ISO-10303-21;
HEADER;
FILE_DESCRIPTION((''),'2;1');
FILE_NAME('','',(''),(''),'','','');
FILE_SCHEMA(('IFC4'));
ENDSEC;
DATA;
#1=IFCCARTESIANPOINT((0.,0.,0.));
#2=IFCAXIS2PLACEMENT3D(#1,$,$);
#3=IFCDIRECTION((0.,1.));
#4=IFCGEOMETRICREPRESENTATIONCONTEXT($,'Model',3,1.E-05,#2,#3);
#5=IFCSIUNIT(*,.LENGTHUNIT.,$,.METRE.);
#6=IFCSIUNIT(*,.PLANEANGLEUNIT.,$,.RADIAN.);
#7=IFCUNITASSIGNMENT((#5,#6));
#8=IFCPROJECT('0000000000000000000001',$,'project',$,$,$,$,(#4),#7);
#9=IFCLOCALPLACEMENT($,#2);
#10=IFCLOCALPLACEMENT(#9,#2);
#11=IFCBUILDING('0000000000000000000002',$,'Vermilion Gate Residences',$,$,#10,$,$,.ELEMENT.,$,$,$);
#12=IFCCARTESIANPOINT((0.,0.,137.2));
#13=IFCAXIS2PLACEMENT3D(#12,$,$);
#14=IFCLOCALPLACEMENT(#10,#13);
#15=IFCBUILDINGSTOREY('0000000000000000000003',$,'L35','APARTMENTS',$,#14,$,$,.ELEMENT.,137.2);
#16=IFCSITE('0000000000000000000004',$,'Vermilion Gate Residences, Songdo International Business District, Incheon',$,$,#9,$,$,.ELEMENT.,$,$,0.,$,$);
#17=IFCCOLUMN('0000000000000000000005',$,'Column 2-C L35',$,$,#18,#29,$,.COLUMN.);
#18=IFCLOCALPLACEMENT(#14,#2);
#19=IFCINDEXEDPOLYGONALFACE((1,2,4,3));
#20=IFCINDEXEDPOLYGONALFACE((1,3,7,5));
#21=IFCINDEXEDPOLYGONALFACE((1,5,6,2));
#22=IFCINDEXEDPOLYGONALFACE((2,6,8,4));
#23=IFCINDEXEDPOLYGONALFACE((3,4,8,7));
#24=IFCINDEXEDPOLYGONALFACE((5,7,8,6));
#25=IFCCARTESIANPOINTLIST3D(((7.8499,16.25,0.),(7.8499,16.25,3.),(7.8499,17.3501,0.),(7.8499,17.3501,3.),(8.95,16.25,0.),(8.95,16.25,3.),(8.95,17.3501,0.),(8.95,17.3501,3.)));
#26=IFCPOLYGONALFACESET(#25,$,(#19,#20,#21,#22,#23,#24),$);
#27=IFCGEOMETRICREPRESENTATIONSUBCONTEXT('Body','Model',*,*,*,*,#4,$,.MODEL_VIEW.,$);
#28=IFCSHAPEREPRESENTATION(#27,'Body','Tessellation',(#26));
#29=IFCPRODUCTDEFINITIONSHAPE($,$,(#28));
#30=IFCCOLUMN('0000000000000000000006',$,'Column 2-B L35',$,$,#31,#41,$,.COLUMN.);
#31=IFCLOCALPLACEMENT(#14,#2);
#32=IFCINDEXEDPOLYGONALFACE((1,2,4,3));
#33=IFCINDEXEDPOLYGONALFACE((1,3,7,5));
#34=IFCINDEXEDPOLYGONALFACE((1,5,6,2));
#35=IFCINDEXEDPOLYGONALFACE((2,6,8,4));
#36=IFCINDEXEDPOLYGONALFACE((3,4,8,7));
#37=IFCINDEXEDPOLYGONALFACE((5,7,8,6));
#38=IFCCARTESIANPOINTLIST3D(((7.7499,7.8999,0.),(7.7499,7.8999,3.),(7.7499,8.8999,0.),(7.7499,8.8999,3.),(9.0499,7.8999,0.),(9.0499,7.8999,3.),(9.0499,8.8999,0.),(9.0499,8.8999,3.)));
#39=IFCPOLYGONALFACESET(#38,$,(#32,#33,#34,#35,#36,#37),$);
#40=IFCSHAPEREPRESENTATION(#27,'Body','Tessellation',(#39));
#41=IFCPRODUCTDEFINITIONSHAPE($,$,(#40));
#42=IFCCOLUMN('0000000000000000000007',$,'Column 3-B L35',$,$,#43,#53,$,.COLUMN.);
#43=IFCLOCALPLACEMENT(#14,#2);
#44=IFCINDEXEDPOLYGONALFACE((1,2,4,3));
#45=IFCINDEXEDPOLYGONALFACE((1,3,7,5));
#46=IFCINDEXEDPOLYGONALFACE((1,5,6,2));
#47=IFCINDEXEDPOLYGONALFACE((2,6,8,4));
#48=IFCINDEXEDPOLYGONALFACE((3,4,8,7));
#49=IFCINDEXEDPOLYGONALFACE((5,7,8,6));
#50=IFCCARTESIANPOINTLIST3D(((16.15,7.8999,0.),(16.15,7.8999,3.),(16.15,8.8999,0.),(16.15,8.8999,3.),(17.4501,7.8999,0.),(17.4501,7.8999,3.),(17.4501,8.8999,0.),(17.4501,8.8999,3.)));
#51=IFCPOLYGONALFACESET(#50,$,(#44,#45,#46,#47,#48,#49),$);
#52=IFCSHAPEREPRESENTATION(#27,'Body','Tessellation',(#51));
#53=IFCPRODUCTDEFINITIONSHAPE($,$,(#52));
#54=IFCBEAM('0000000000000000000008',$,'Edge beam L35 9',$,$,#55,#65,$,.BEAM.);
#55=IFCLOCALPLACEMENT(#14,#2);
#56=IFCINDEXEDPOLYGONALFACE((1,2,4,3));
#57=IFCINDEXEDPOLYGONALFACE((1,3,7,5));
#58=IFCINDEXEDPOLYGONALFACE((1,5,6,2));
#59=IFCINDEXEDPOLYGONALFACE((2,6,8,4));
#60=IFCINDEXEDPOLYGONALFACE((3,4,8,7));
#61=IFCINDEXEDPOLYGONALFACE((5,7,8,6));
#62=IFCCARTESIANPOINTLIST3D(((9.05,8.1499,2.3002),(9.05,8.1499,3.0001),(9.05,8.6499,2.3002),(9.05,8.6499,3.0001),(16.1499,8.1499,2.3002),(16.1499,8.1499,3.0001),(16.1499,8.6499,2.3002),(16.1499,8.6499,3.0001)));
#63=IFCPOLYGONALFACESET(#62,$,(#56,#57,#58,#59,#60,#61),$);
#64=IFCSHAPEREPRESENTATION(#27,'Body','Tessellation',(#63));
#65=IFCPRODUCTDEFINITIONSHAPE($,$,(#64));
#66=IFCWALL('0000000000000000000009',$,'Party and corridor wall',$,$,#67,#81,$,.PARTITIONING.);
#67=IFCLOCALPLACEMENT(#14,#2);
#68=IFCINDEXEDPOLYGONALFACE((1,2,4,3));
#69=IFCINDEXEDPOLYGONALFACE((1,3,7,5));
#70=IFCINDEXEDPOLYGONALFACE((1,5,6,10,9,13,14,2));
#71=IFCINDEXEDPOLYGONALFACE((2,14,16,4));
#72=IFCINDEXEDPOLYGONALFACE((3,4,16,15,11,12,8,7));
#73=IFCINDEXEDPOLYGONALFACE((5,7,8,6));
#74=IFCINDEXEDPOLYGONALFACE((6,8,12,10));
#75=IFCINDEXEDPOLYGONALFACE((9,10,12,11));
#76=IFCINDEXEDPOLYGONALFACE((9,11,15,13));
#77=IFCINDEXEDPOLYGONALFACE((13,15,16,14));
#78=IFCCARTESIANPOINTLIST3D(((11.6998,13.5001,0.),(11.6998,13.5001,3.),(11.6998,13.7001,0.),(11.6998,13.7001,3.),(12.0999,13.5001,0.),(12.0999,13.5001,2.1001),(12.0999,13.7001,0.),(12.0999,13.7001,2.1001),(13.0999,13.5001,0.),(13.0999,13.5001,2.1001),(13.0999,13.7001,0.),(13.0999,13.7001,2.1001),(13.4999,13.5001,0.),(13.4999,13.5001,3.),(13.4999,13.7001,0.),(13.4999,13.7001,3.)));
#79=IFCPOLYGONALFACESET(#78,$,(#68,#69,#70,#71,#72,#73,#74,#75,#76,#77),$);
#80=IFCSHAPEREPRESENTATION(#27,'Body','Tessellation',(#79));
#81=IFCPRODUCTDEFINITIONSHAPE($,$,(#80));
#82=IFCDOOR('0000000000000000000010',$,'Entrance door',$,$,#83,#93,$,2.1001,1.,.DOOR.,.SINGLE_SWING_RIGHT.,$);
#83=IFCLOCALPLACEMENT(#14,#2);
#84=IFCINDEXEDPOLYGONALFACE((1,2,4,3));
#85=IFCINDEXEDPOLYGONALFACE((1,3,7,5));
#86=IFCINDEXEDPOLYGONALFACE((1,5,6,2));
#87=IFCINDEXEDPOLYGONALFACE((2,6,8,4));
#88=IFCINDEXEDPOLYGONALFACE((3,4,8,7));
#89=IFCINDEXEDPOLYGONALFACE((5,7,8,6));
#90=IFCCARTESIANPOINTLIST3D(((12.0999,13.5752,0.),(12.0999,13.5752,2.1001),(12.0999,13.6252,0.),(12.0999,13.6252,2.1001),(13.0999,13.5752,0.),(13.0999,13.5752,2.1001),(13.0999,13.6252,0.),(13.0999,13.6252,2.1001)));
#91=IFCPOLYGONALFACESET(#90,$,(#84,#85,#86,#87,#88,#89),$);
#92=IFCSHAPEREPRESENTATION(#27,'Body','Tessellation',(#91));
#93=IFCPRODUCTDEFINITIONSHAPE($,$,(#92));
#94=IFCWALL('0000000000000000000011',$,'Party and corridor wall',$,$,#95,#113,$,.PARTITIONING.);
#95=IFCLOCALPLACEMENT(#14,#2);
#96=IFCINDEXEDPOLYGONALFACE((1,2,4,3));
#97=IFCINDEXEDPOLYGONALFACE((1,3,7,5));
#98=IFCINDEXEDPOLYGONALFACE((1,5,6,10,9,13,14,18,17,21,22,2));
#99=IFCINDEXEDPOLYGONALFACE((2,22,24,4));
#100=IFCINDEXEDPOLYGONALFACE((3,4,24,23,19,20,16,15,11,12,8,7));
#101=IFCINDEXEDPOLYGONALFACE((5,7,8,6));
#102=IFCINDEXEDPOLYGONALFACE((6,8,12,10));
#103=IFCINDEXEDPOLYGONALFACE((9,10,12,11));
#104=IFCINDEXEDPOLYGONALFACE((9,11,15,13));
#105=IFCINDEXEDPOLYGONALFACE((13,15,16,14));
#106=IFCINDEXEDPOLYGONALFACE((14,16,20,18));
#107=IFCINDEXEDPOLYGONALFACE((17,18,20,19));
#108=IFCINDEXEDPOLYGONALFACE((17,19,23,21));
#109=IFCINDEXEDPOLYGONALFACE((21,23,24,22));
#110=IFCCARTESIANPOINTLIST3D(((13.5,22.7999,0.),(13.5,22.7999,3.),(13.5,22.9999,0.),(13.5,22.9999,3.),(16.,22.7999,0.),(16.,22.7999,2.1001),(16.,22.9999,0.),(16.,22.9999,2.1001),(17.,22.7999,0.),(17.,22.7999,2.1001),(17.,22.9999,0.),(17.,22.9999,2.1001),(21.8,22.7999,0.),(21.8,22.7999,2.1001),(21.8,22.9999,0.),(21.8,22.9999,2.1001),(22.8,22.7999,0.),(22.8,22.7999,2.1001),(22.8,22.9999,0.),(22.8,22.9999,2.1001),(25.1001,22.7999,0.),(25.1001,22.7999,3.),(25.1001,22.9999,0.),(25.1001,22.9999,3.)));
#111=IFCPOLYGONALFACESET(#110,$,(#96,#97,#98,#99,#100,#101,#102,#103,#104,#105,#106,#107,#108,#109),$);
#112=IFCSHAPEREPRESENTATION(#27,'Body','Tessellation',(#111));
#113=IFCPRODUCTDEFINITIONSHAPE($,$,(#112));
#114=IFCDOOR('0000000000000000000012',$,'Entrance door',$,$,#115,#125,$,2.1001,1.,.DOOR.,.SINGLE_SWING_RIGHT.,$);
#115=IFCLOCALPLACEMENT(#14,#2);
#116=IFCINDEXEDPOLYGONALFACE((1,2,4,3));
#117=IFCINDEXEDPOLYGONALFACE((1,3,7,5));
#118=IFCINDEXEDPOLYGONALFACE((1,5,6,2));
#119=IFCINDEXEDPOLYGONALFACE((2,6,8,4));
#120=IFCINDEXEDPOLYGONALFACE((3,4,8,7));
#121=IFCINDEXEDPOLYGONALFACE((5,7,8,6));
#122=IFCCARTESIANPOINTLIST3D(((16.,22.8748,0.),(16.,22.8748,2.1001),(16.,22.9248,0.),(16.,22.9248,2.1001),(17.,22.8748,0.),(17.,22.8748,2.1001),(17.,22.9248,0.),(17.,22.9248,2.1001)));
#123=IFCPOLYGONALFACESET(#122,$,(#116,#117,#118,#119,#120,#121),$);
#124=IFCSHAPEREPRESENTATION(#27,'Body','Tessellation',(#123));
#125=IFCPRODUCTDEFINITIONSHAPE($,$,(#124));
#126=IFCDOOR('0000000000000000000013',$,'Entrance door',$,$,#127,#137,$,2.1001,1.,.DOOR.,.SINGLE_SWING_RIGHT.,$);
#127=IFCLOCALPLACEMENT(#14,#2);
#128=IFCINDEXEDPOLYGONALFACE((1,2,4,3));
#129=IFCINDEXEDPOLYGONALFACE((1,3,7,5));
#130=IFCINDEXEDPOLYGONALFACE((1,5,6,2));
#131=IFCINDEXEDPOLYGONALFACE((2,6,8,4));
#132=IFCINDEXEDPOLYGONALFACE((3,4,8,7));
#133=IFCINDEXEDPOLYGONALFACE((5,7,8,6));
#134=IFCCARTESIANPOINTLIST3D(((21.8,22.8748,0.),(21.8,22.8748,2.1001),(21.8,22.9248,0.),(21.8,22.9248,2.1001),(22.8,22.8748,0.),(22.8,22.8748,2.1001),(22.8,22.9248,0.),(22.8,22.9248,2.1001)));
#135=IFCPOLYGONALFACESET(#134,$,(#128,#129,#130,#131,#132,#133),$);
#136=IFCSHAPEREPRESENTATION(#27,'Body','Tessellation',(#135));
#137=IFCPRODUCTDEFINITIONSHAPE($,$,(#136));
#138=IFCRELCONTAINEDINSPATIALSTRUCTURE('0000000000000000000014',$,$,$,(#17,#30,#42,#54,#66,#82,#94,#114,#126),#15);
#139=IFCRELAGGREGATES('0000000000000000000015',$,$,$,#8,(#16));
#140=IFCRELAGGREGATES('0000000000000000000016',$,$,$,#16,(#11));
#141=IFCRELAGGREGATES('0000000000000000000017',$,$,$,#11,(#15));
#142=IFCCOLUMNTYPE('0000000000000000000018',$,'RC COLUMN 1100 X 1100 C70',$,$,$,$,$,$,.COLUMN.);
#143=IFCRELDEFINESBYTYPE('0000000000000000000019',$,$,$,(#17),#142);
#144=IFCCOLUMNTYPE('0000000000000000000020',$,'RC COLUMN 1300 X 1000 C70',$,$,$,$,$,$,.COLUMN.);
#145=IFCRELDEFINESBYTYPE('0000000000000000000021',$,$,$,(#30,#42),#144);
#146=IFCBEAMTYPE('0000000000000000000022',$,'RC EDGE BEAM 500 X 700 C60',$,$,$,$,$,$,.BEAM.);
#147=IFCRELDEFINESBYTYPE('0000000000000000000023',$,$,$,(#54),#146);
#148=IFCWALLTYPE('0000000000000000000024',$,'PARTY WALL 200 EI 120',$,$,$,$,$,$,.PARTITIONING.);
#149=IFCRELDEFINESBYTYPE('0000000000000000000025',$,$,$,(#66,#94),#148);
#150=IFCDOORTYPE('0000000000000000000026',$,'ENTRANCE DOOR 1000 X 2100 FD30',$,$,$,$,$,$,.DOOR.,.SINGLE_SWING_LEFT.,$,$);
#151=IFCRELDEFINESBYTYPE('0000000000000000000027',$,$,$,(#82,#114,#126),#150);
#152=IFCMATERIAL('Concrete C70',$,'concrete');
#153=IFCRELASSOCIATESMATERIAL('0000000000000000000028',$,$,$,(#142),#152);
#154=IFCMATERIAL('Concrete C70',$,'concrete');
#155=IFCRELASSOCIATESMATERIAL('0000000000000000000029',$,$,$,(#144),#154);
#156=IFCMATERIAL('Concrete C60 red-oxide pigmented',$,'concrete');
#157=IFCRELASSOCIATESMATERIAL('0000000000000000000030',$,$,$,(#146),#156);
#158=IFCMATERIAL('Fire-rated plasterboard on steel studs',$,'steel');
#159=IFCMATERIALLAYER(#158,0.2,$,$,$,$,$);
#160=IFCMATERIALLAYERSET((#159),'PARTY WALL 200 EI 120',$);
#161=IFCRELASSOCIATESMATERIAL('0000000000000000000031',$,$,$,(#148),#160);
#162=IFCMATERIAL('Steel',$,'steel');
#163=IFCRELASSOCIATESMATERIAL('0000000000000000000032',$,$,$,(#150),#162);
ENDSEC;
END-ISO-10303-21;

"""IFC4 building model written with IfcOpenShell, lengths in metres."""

from ifc_helpers import new_model, si_unit, direction, frame, frame_2d, origin, origin_2d, place, context, subcontext, project, spatial, rectangle, extrude, material, layer, layer_set, material_profile, profile_set, type_object, element, fill, save


model = new_model("IFC4")

# Units and contexts
model_context = context("Model", 3, precision=1e-05, world=origin(), true_north=direction((0.0, 1.0)))
body_context = subcontext(model_context, "Body", "Model", "MODEL_VIEW")
ifc_project = project(units=[si_unit("LENGTHUNIT", "METRE"), si_unit("PLANEANGLEUNIT", "RADIAN")], contexts=[model_context])

# Site, building, storey
site_placement = place(None, origin())
site = spatial("IfcSite", under=ifc_project, at=site_placement, Name="Vermilion Gate Residences, Songdo International Business District, Incheon", CompositionType="ELEMENT", RefElevation=0.0)
building_placement = place(site_placement, origin())
building = spatial("IfcBuilding", under=site, at=building_placement, Name="Vermilion Gate Residences", CompositionType="ELEMENT")
storey_placement = place(building_placement, frame((0.0, 0.0, 137.2)))
storey = spatial("IfcBuildingStorey", under=building, at=storey_placement, Name="L35", Description="APARTMENTS", CompositionType="ELEMENT", Elevation=137.2)

# Columns
ifc_material_1 = material(Name="Concrete C70", Category="concrete")
ifc_material_profile_1 = material_profile(ifc_material_1, rectangle(XDim=1.1001, YDim=1.1001, at=origin_2d()), Name="RC-1100x1100")
ifc_profile_set_1 = profile_set([ifc_material_profile_1], Name="Concrete C70")
column_type_1 = type_object("IfcColumnType", Name="RC COLUMN 1100 X 1100 C70", PredefinedType="COLUMN", material=ifc_profile_set_1)
column_placement = place(storey_placement, frame((8.3999, 16.8, 0.0), z_axis=(0.0, 0.0, 1.0), x_axis=(1.0, 0.0, 0.0)))
element("IfcColumn", 1, at=column_placement, inside=storey, type_object=column_type_1, Name="Column 2-C L35", PredefinedType="COLUMN", context=body_context, shape_type="SweptSolid", body=[
    extrude(rectangle(XDim=1.1001, YDim=1.1001, at=origin_2d()), origin(), (0.0, 0.0, 1.0), 3.0),
])
ifc_material_2 = material(Name="Concrete C70", Category="concrete")
ifc_material_profile_2 = material_profile(ifc_material_2, rectangle(XDim=1.3, YDim=1.0, at=origin_2d()), Name="RC-1300x1000")
ifc_profile_set_2 = profile_set([ifc_material_profile_2], Name="Concrete C70")
column_type_2 = type_object("IfcColumnType", Name="RC COLUMN 1300 X 1000 C70", PredefinedType="COLUMN", material=ifc_profile_set_2)
for number, where, z_axis, x_axis, name in (
    (2, (8.3999, 8.3999, 0.0), (0.0, 0.0, 1.0), (1.0, 0.0, 0.0), "Column 2-B L35"),
    (3, (16.8, 8.3999, 0.0), (0.0, 0.0, 1.0), (1.0, 0.0, 0.0), "Column 3-B L35"),
):
    element("IfcColumn", number, at=place(storey_placement, frame(where, z_axis=z_axis, x_axis=x_axis)), inside=storey, type_object=column_type_2, Name=name, PredefinedType="COLUMN", context=body_context, shape_type="SweptSolid", body=[
        extrude(rectangle(XDim=1.3, YDim=1.0, at=origin_2d()), origin(), (0.0, 0.0, 1.0), 3.0),
    ])

# Beam
ifc_material_3 = material(Name="Concrete C60 red-oxide pigmented", Category="concrete")
ifc_material_profile_3 = material_profile(ifc_material_3, rectangle(XDim=0.5, YDim=0.7, at=origin_2d()), Name="RC-500x700")
ifc_profile_set_3 = profile_set([ifc_material_profile_3], Name="Concrete C60 red-oxide pigmented")
beam_type = type_object("IfcBeamType", Name="RC EDGE BEAM 500 X 700 C60", PredefinedType="BEAM", material=ifc_profile_set_3)
beam_placement = place(storey_placement, frame((9.05, 8.3999, 2.6501), z_axis=(1.0, 0.0, 0.0), x_axis=(0.0, 1.0, 0.0)))
element("IfcBeam", 4, at=beam_placement, inside=storey, type_object=beam_type, Name="Edge beam L35 9", PredefinedType="BEAM", context=body_context, shape_type="SweptSolid", body=[
    extrude(rectangle(XDim=0.5, YDim=0.7, at=origin_2d()), origin(), (0.0, 0.0, 1.0), 7.0999),
])

# Wall, opening, door
ifc_material_4 = material(Name="Fire-rated plasterboard on steel studs", Category="steel")
ifc_layer_1 = layer(ifc_material_4, 0.2)
ifc_layer_set_1 = layer_set([ifc_layer_1], Name="PARTY WALL 200 EI 120")
wall_type_1 = type_object("IfcWallType", Name="PARTY WALL 200 EI 120", PredefinedType="PARTITIONING", material=ifc_layer_set_1)
wall_1_placement = place(storey_placement, frame((11.7, 13.6001, 0.0), z_axis=(0.0, 0.0, 1.0), x_axis=(1.0, 0.0, 0.0)))
wall_1 = element("IfcWall", 5, at=wall_1_placement, inside=storey, type_object=wall_type_1, Name="Party and corridor wall", PredefinedType="PARTITIONING", context=body_context, shape_type="SweptSolid", body=[
    extrude(rectangle(XDim=1.8, YDim=0.2, at=frame_2d((0.8999, 0.0))), origin(), (0.0, 0.0, 1.0), 3.0),
])
opening_1_placement = place(wall_1_placement, frame((0.3999, 0.0, 0.0)))
opening_1 = element("IfcOpeningElement", 6, at=opening_1_placement, cuts=wall_1, PredefinedType="OPENING", context=body_context, shape_type="SweptSolid", body=[
    extrude(rectangle(XDim=1.0, YDim=2.1001, at=frame_2d((0.5, 1.05))), frame((0.0, 0.1099, 0.0), z_axis=(0.0, -1.0, 0.0), x_axis=(1.0, 0.0, 0.0)), (0.0, 0.0, 1.0), 0.22),
])
ifc_material_5 = material(Name="Steel", Category="steel")
door_type_1 = type_object("IfcDoorType", Name="ENTRANCE DOOR 1000 X 2100 FD30", OperationType="SINGLE_SWING_LEFT", PredefinedType="DOOR", material=ifc_material_5)
door_1_placement = place(opening_1_placement, frame((1.0, 0.0, 0.0), z_axis=(0.0, 0.0, 1.0), x_axis=(-1.0, 0.0, 0.0)))
door_1 = element("IfcDoor", 7, at=door_1_placement, inside=storey, type_object=door_type_1, Name="Entrance door", OperationType="SINGLE_SWING_RIGHT", OverallHeight=2.1001, OverallWidth=1.0, PredefinedType="DOOR", context=body_context, shape_type="SweptSolid", body=[
    extrude(rectangle(XDim=1.0, YDim=2.1001, at=frame_2d((0.5, 1.05))), frame((0.0, 0.0249, 0.0), z_axis=(0.0, -1.0, 0.0), x_axis=(1.0, 0.0, 0.0)), (0.0, 0.0, 1.0), 0.05),
])
fill(opening_1, door_1)

# Wall, openings, doors
wall_2_placement = place(storey_placement, frame((13.5, 22.8999, 0.0), z_axis=(0.0, 0.0, 1.0), x_axis=(1.0, 0.0, 0.0)))
wall_2 = element("IfcWall", 8, at=wall_2_placement, inside=storey, type_object=wall_type_1, Name="Party and corridor wall", PredefinedType="PARTITIONING", context=body_context, shape_type="SweptSolid", body=[
    extrude(rectangle(XDim=11.6001, YDim=0.2, at=frame_2d((5.8, 0.0))), origin(), (0.0, 0.0, 1.0), 3.0),
])
opening_2_placement = place(wall_2_placement, frame((2.5, 0.0, 0.0)))
opening_2 = element("IfcOpeningElement", 9, at=opening_2_placement, cuts=wall_2, PredefinedType="OPENING", context=body_context, shape_type="SweptSolid", body=[
    extrude(rectangle(XDim=1.0, YDim=2.1001, at=frame_2d((0.5, 1.05))), frame((0.0, 0.1099, 0.0), z_axis=(0.0, -1.0, 0.0), x_axis=(1.0, 0.0, 0.0)), (0.0, 0.0, 1.0), 0.22),
])
opening_3_placement = place(wall_2_placement, frame((8.3, 0.0, 0.0)))
opening_3 = element("IfcOpeningElement", 10, at=opening_3_placement, cuts=wall_2, PredefinedType="OPENING", context=body_context, shape_type="SweptSolid", body=[
    extrude(rectangle(XDim=1.0, YDim=2.1001, at=frame_2d((0.5, 1.05))), frame((0.0, 0.1099, 0.0), z_axis=(0.0, -1.0, 0.0), x_axis=(1.0, 0.0, 0.0)), (0.0, 0.0, 1.0), 0.22),
])
door_2_placement = place(opening_2_placement, origin())
door_2 = element("IfcDoor", 11, at=door_2_placement, inside=storey, type_object=door_type_1, Name="Entrance door", OperationType="SINGLE_SWING_RIGHT", OverallHeight=2.1001, OverallWidth=1.0, PredefinedType="DOOR", context=body_context, shape_type="SweptSolid", body=[
    extrude(rectangle(XDim=1.0, YDim=2.1001, at=frame_2d((0.5, 1.05))), frame((0.0, 0.0249, 0.0), z_axis=(0.0, -1.0, 0.0), x_axis=(1.0, 0.0, 0.0)), (0.0, 0.0, 1.0), 0.05),
])
fill(opening_2, door_2)
door_3_placement = place(opening_3_placement, origin())
door_3 = element("IfcDoor", 12, at=door_3_placement, inside=storey, type_object=door_type_1, Name="Entrance door", OperationType="SINGLE_SWING_RIGHT", OverallHeight=2.1001, OverallWidth=1.0, PredefinedType="DOOR", context=body_context, shape_type="SweptSolid", body=[
    extrude(rectangle(XDim=1.0, YDim=2.1001, at=frame_2d((0.5, 1.05))), frame((0.0, 0.0249, 0.0), z_axis=(0.0, -1.0, 0.0), x_axis=(1.0, 0.0, 0.0)), (0.0, 0.0, 1.0), 0.05),
])
fill(opening_3, door_3)

save(model, "model.ifc")
